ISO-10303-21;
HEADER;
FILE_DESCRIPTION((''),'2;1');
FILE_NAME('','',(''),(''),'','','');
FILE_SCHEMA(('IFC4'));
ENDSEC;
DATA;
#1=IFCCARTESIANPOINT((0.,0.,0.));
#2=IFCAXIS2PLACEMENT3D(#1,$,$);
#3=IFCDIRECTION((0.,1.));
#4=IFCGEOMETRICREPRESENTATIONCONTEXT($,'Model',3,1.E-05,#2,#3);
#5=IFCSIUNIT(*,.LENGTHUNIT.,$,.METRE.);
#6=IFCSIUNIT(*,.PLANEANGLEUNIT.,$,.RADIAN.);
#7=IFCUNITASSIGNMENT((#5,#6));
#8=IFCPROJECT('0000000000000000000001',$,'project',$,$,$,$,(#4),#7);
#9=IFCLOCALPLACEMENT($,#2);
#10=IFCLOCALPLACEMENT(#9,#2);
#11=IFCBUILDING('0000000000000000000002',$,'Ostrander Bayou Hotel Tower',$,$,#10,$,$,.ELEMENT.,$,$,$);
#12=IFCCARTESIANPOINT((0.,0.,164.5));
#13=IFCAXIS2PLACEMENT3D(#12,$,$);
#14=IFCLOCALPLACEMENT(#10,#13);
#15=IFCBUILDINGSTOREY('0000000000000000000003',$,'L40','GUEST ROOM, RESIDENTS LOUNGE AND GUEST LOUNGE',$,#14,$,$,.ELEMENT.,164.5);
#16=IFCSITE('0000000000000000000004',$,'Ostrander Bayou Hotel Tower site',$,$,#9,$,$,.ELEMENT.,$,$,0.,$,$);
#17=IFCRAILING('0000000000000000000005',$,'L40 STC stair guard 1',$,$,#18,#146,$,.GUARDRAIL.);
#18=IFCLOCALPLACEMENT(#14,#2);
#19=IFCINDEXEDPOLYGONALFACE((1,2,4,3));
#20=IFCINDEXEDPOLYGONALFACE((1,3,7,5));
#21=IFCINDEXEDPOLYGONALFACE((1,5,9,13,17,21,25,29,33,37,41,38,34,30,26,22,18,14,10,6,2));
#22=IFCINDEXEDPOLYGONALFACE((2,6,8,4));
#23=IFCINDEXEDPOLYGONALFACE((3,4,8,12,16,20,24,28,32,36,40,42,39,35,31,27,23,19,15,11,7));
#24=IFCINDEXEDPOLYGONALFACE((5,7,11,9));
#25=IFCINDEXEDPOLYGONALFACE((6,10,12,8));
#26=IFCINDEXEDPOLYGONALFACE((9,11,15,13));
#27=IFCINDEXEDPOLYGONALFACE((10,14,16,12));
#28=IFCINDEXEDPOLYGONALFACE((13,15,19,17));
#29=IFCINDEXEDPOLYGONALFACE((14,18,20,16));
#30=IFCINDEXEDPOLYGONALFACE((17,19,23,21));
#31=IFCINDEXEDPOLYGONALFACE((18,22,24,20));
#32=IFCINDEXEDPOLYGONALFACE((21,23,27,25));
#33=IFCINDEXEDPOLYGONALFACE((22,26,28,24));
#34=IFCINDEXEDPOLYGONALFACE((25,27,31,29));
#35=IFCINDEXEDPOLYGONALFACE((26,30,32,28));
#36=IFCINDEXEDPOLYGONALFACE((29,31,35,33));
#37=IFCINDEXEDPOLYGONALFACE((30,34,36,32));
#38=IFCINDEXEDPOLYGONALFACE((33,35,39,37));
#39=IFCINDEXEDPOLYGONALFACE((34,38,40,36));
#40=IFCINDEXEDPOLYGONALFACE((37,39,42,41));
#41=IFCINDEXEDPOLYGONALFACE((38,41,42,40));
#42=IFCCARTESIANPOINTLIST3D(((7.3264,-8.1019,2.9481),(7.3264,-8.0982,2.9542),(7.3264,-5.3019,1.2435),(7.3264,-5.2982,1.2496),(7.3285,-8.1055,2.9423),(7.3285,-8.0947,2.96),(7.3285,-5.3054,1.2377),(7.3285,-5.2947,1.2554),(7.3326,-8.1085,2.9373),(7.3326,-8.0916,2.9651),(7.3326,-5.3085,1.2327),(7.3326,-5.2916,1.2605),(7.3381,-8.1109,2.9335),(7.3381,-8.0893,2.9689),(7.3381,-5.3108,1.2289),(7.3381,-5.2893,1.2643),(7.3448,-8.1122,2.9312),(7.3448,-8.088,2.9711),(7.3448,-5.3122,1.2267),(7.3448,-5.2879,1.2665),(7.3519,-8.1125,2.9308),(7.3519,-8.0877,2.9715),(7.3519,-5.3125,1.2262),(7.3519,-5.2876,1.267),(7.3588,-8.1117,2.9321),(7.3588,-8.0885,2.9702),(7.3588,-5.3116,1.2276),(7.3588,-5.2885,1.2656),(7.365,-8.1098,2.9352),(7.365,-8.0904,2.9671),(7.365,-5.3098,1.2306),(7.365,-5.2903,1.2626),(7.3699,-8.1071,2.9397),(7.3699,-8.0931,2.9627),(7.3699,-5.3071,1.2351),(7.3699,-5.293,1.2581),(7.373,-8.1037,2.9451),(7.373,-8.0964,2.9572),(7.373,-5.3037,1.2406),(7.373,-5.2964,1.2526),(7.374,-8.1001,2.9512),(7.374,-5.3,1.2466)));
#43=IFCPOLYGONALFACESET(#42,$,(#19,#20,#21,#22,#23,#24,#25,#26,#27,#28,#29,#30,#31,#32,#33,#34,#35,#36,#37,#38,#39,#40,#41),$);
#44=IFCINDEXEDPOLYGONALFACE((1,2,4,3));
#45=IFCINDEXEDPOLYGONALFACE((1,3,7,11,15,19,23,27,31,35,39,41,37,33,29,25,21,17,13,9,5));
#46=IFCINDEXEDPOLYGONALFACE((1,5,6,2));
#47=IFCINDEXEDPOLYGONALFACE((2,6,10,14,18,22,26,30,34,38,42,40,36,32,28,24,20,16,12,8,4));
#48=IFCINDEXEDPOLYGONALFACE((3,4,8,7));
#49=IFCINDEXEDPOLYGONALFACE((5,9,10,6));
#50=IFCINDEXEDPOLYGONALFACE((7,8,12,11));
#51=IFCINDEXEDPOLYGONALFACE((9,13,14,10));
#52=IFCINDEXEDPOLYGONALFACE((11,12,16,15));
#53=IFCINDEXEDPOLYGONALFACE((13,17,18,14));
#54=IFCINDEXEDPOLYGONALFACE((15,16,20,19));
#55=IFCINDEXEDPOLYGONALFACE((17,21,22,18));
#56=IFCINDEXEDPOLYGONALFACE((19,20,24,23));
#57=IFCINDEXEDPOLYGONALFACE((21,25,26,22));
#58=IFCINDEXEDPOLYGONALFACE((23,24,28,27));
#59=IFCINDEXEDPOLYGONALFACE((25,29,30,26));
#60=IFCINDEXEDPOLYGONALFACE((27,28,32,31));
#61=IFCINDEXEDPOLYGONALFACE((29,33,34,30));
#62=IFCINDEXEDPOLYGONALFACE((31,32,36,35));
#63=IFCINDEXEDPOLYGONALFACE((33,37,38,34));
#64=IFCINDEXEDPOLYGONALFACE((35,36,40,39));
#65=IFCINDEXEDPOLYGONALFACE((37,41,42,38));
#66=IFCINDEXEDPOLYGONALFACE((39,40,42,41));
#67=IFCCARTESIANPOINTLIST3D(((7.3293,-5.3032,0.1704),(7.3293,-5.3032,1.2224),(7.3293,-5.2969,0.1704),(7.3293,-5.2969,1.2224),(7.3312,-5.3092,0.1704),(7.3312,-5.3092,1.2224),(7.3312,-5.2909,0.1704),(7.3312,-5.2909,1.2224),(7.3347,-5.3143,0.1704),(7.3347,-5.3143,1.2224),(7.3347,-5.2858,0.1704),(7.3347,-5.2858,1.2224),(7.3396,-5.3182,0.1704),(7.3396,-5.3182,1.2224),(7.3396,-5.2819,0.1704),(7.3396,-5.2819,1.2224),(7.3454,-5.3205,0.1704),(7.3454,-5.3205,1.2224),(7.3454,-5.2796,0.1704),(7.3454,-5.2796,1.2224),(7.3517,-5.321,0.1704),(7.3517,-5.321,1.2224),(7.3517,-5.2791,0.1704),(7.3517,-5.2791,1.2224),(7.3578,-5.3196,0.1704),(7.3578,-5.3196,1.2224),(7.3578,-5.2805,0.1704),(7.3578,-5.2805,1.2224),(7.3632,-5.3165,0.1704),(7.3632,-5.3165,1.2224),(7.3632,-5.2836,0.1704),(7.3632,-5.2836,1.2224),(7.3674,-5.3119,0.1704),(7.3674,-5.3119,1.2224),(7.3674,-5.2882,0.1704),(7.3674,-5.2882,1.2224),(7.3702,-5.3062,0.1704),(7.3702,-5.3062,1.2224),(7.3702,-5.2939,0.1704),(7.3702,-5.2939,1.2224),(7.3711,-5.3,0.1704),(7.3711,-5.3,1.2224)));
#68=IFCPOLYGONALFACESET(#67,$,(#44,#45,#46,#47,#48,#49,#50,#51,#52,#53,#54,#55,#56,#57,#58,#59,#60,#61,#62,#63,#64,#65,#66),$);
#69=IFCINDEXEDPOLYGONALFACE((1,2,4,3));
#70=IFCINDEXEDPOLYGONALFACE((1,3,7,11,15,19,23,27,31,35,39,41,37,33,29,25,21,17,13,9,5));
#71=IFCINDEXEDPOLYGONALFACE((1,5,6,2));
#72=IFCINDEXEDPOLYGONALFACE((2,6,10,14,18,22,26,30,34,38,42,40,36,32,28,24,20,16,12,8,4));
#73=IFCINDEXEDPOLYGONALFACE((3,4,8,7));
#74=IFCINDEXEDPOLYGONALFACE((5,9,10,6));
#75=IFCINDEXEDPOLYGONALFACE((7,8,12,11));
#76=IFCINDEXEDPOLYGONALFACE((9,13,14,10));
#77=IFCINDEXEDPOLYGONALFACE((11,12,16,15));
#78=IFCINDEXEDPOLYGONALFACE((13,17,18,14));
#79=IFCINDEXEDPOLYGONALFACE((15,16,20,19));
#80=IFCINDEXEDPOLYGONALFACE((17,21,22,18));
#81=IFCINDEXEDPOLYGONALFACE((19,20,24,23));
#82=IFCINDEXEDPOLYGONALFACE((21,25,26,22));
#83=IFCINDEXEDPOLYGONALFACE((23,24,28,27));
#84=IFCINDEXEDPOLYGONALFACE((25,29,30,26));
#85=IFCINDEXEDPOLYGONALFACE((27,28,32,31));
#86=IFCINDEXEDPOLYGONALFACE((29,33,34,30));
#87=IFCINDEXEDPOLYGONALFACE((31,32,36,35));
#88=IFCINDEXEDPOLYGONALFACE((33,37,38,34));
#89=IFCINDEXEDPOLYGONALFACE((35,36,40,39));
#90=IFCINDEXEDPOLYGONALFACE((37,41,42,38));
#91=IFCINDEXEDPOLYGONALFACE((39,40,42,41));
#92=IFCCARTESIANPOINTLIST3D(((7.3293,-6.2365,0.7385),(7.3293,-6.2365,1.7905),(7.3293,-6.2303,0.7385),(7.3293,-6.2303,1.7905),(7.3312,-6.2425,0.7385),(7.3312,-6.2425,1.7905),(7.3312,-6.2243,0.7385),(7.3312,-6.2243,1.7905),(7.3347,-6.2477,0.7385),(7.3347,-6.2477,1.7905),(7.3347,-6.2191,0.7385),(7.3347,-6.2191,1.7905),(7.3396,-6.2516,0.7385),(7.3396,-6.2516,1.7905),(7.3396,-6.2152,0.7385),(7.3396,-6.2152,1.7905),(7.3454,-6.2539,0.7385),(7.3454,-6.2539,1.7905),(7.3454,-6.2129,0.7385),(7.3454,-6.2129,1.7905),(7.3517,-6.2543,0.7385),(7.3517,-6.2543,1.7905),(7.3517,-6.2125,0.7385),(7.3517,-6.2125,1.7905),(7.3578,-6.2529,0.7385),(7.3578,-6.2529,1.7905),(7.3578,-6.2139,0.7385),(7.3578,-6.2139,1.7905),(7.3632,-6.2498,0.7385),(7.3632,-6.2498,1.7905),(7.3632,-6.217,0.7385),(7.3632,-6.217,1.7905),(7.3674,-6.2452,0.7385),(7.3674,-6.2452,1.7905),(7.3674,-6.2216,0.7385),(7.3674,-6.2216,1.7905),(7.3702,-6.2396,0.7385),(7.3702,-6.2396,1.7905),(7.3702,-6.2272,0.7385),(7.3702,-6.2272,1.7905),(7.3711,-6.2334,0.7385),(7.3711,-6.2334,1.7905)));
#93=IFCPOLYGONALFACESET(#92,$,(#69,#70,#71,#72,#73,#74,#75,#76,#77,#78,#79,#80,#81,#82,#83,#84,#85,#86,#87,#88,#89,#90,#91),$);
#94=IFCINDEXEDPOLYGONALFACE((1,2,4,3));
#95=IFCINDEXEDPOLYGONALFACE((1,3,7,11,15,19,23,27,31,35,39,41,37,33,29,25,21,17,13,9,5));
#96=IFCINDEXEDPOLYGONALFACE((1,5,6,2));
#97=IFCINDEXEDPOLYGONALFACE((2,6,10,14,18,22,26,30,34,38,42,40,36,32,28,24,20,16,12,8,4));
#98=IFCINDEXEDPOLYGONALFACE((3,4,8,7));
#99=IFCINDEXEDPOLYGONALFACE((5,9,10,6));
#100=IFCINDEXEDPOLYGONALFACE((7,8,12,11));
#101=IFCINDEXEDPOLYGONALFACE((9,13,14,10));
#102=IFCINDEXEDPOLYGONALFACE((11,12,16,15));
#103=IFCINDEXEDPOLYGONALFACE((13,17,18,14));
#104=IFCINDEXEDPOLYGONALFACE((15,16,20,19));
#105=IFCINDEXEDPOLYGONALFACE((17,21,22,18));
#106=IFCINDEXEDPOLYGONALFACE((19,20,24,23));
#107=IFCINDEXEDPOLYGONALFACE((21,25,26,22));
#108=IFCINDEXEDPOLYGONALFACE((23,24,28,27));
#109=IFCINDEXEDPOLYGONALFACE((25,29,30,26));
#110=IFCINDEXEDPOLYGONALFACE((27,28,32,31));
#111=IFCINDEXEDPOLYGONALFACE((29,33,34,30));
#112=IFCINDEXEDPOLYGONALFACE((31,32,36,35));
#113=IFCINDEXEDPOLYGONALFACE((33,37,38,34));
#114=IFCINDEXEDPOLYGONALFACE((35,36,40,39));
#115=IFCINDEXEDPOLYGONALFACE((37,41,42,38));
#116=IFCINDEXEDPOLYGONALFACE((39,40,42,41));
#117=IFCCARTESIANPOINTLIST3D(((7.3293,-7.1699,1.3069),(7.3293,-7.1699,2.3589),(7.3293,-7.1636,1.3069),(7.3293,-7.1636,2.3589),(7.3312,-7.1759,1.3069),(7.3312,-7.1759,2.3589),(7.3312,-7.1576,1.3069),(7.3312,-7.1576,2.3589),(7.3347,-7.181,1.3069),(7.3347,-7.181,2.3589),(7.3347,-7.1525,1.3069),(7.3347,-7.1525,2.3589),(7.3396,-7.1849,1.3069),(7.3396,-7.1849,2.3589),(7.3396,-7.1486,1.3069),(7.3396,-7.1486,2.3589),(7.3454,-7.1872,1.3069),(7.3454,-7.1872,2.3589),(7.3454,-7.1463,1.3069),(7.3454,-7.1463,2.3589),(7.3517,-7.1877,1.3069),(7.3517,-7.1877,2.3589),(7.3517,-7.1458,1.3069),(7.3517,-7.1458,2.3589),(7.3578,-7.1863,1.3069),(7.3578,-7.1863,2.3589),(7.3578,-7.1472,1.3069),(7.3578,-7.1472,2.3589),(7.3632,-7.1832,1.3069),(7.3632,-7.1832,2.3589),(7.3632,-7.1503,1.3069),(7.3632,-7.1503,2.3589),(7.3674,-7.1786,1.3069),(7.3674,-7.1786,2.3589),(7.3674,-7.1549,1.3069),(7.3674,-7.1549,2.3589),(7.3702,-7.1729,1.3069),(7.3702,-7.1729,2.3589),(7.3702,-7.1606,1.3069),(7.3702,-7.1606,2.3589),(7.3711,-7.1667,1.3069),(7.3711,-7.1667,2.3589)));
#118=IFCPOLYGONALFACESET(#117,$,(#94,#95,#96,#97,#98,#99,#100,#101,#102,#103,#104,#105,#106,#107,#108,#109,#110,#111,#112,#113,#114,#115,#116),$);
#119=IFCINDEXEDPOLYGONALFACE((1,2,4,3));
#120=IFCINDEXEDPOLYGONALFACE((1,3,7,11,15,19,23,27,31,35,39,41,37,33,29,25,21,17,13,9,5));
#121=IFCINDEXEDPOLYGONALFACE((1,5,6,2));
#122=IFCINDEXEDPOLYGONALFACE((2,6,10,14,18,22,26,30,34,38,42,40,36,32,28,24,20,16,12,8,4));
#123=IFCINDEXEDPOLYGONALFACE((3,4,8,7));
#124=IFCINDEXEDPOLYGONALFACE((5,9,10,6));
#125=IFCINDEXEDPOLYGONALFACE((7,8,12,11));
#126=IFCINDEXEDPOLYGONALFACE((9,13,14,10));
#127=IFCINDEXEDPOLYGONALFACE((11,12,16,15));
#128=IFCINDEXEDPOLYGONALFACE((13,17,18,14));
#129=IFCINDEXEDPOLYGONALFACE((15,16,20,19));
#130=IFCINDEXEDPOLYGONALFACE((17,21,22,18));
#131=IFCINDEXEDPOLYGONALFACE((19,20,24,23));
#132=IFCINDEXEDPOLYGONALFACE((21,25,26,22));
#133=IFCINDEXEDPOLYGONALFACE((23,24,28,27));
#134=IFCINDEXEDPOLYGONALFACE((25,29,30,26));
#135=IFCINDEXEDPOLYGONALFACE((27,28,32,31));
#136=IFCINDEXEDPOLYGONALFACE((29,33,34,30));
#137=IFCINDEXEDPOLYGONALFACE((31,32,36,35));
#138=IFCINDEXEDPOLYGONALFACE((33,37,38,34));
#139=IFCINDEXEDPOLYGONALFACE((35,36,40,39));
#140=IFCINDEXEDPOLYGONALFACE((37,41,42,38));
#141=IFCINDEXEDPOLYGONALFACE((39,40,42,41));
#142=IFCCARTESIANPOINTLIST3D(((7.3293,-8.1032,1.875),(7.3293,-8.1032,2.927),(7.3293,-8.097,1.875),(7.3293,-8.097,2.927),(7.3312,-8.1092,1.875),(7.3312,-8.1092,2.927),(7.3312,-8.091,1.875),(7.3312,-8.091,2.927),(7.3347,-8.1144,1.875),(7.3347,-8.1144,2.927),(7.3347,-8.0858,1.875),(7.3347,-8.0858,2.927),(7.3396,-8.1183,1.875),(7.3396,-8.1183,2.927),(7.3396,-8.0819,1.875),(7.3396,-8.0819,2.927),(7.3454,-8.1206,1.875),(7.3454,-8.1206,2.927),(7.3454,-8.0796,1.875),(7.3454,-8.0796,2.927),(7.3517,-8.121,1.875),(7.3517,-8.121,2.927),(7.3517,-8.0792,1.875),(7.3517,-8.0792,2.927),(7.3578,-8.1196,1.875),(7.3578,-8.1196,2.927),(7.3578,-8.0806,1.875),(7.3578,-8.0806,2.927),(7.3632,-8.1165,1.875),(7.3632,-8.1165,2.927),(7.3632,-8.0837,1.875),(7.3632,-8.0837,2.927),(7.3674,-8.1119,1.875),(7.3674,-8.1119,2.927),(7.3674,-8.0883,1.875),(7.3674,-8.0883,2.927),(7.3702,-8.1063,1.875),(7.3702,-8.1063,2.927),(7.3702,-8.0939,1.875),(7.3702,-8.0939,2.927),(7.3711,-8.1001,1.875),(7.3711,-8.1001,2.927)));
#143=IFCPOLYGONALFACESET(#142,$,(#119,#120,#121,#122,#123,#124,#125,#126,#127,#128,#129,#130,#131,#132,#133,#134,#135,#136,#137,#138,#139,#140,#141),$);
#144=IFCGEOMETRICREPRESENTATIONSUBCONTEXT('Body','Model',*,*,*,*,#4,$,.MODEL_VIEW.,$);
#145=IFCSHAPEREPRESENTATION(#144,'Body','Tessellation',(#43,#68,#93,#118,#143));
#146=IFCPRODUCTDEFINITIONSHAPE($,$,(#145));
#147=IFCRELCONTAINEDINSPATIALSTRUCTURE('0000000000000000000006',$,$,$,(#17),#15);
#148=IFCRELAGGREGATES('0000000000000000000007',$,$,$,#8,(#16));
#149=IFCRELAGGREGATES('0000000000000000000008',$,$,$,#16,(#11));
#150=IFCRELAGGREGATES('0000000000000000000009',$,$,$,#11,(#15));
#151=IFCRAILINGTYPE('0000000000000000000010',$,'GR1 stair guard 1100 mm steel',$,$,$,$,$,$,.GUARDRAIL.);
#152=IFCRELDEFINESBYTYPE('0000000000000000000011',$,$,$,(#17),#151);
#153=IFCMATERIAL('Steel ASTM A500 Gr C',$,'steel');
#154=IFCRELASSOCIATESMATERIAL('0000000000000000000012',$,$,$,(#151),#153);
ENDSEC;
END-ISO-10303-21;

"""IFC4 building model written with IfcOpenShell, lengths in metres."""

from ifc_helpers import new_model, si_unit, direction, frame, origin, origin_2d, place, context, subcontext, project, spatial, circle, extrude, material, type_object, element, save


model = new_model("IFC4")

# Units and contexts
model_context = context("Model", 3, precision=1e-05, world=origin(), true_north=direction((0.0, 1.0)))
body_context = subcontext(model_context, "Body", "Model", "MODEL_VIEW")
ifc_project = project(units=[si_unit("LENGTHUNIT", "METRE"), si_unit("PLANEANGLEUNIT", "RADIAN")], contexts=[model_context])

# Site, building, storey
site_placement = place(None, origin())
site = spatial("IfcSite", under=ifc_project, at=site_placement, Name="Ostrander Bayou Hotel Tower site", CompositionType="ELEMENT", RefElevation=0.0)
building_placement = place(site_placement, origin())
building = spatial("IfcBuilding", under=site, at=building_placement, Name="Ostrander Bayou Hotel Tower", CompositionType="ELEMENT")
storey_placement = place(building_placement, frame((0.0, 0.0, 164.5)))
storey = spatial("IfcBuildingStorey", under=building, at=storey_placement, Name="L40", Description="GUEST ROOM, RESIDENTS LOUNGE AND GUEST LOUNGE", CompositionType="ELEMENT", Elevation=164.5)

# Railing
ifc_material_1 = material(Name="Steel ASTM A500 Gr C", Category="steel")
railing_type_1 = type_object("IfcRailingType", Name="GR1 stair guard 1100 mm steel", PredefinedType="GUARDRAIL", material=ifc_material_1)
railing_1_placement = place(storey_placement, frame((7.3501, -5.3, 0.1704)))
element("IfcRailing", 1, at=railing_1_placement, inside=storey, type_object=railing_type_1, Name="L40 STC stair guard 1", PredefinedType="GUARDRAIL", context=body_context, shape_type="SweptSolid", body=[
    extrude(circle(Radius=0.0239, at=origin_2d()), frame((0.0, 0.0, 1.0762), z_axis=(0.0, -0.85417, 0.519994), x_axis=(1.0, 0.0, 0.0)), (0.0, 0.0, 1.0), 3.2781),
    extrude(circle(Radius=0.021, at=origin_2d()), origin(), (0.0, 0.0, 1.0), 1.052),
    extrude(circle(Radius=0.021, at=origin_2d()), frame((0.0, -0.9333, 0.5681)), (0.0, 0.0, 1.0), 1.052),
    extrude(circle(Radius=0.021, at=origin_2d()), frame((0.0, -1.8667, 1.1365)), (0.0, 0.0, 1.0), 1.052),
    extrude(circle(Radius=0.021, at=origin_2d()), frame((0.0, -2.8, 1.7046)), (0.0, 0.0, 1.0), 1.052),
])

save(model, "model.ifc")
